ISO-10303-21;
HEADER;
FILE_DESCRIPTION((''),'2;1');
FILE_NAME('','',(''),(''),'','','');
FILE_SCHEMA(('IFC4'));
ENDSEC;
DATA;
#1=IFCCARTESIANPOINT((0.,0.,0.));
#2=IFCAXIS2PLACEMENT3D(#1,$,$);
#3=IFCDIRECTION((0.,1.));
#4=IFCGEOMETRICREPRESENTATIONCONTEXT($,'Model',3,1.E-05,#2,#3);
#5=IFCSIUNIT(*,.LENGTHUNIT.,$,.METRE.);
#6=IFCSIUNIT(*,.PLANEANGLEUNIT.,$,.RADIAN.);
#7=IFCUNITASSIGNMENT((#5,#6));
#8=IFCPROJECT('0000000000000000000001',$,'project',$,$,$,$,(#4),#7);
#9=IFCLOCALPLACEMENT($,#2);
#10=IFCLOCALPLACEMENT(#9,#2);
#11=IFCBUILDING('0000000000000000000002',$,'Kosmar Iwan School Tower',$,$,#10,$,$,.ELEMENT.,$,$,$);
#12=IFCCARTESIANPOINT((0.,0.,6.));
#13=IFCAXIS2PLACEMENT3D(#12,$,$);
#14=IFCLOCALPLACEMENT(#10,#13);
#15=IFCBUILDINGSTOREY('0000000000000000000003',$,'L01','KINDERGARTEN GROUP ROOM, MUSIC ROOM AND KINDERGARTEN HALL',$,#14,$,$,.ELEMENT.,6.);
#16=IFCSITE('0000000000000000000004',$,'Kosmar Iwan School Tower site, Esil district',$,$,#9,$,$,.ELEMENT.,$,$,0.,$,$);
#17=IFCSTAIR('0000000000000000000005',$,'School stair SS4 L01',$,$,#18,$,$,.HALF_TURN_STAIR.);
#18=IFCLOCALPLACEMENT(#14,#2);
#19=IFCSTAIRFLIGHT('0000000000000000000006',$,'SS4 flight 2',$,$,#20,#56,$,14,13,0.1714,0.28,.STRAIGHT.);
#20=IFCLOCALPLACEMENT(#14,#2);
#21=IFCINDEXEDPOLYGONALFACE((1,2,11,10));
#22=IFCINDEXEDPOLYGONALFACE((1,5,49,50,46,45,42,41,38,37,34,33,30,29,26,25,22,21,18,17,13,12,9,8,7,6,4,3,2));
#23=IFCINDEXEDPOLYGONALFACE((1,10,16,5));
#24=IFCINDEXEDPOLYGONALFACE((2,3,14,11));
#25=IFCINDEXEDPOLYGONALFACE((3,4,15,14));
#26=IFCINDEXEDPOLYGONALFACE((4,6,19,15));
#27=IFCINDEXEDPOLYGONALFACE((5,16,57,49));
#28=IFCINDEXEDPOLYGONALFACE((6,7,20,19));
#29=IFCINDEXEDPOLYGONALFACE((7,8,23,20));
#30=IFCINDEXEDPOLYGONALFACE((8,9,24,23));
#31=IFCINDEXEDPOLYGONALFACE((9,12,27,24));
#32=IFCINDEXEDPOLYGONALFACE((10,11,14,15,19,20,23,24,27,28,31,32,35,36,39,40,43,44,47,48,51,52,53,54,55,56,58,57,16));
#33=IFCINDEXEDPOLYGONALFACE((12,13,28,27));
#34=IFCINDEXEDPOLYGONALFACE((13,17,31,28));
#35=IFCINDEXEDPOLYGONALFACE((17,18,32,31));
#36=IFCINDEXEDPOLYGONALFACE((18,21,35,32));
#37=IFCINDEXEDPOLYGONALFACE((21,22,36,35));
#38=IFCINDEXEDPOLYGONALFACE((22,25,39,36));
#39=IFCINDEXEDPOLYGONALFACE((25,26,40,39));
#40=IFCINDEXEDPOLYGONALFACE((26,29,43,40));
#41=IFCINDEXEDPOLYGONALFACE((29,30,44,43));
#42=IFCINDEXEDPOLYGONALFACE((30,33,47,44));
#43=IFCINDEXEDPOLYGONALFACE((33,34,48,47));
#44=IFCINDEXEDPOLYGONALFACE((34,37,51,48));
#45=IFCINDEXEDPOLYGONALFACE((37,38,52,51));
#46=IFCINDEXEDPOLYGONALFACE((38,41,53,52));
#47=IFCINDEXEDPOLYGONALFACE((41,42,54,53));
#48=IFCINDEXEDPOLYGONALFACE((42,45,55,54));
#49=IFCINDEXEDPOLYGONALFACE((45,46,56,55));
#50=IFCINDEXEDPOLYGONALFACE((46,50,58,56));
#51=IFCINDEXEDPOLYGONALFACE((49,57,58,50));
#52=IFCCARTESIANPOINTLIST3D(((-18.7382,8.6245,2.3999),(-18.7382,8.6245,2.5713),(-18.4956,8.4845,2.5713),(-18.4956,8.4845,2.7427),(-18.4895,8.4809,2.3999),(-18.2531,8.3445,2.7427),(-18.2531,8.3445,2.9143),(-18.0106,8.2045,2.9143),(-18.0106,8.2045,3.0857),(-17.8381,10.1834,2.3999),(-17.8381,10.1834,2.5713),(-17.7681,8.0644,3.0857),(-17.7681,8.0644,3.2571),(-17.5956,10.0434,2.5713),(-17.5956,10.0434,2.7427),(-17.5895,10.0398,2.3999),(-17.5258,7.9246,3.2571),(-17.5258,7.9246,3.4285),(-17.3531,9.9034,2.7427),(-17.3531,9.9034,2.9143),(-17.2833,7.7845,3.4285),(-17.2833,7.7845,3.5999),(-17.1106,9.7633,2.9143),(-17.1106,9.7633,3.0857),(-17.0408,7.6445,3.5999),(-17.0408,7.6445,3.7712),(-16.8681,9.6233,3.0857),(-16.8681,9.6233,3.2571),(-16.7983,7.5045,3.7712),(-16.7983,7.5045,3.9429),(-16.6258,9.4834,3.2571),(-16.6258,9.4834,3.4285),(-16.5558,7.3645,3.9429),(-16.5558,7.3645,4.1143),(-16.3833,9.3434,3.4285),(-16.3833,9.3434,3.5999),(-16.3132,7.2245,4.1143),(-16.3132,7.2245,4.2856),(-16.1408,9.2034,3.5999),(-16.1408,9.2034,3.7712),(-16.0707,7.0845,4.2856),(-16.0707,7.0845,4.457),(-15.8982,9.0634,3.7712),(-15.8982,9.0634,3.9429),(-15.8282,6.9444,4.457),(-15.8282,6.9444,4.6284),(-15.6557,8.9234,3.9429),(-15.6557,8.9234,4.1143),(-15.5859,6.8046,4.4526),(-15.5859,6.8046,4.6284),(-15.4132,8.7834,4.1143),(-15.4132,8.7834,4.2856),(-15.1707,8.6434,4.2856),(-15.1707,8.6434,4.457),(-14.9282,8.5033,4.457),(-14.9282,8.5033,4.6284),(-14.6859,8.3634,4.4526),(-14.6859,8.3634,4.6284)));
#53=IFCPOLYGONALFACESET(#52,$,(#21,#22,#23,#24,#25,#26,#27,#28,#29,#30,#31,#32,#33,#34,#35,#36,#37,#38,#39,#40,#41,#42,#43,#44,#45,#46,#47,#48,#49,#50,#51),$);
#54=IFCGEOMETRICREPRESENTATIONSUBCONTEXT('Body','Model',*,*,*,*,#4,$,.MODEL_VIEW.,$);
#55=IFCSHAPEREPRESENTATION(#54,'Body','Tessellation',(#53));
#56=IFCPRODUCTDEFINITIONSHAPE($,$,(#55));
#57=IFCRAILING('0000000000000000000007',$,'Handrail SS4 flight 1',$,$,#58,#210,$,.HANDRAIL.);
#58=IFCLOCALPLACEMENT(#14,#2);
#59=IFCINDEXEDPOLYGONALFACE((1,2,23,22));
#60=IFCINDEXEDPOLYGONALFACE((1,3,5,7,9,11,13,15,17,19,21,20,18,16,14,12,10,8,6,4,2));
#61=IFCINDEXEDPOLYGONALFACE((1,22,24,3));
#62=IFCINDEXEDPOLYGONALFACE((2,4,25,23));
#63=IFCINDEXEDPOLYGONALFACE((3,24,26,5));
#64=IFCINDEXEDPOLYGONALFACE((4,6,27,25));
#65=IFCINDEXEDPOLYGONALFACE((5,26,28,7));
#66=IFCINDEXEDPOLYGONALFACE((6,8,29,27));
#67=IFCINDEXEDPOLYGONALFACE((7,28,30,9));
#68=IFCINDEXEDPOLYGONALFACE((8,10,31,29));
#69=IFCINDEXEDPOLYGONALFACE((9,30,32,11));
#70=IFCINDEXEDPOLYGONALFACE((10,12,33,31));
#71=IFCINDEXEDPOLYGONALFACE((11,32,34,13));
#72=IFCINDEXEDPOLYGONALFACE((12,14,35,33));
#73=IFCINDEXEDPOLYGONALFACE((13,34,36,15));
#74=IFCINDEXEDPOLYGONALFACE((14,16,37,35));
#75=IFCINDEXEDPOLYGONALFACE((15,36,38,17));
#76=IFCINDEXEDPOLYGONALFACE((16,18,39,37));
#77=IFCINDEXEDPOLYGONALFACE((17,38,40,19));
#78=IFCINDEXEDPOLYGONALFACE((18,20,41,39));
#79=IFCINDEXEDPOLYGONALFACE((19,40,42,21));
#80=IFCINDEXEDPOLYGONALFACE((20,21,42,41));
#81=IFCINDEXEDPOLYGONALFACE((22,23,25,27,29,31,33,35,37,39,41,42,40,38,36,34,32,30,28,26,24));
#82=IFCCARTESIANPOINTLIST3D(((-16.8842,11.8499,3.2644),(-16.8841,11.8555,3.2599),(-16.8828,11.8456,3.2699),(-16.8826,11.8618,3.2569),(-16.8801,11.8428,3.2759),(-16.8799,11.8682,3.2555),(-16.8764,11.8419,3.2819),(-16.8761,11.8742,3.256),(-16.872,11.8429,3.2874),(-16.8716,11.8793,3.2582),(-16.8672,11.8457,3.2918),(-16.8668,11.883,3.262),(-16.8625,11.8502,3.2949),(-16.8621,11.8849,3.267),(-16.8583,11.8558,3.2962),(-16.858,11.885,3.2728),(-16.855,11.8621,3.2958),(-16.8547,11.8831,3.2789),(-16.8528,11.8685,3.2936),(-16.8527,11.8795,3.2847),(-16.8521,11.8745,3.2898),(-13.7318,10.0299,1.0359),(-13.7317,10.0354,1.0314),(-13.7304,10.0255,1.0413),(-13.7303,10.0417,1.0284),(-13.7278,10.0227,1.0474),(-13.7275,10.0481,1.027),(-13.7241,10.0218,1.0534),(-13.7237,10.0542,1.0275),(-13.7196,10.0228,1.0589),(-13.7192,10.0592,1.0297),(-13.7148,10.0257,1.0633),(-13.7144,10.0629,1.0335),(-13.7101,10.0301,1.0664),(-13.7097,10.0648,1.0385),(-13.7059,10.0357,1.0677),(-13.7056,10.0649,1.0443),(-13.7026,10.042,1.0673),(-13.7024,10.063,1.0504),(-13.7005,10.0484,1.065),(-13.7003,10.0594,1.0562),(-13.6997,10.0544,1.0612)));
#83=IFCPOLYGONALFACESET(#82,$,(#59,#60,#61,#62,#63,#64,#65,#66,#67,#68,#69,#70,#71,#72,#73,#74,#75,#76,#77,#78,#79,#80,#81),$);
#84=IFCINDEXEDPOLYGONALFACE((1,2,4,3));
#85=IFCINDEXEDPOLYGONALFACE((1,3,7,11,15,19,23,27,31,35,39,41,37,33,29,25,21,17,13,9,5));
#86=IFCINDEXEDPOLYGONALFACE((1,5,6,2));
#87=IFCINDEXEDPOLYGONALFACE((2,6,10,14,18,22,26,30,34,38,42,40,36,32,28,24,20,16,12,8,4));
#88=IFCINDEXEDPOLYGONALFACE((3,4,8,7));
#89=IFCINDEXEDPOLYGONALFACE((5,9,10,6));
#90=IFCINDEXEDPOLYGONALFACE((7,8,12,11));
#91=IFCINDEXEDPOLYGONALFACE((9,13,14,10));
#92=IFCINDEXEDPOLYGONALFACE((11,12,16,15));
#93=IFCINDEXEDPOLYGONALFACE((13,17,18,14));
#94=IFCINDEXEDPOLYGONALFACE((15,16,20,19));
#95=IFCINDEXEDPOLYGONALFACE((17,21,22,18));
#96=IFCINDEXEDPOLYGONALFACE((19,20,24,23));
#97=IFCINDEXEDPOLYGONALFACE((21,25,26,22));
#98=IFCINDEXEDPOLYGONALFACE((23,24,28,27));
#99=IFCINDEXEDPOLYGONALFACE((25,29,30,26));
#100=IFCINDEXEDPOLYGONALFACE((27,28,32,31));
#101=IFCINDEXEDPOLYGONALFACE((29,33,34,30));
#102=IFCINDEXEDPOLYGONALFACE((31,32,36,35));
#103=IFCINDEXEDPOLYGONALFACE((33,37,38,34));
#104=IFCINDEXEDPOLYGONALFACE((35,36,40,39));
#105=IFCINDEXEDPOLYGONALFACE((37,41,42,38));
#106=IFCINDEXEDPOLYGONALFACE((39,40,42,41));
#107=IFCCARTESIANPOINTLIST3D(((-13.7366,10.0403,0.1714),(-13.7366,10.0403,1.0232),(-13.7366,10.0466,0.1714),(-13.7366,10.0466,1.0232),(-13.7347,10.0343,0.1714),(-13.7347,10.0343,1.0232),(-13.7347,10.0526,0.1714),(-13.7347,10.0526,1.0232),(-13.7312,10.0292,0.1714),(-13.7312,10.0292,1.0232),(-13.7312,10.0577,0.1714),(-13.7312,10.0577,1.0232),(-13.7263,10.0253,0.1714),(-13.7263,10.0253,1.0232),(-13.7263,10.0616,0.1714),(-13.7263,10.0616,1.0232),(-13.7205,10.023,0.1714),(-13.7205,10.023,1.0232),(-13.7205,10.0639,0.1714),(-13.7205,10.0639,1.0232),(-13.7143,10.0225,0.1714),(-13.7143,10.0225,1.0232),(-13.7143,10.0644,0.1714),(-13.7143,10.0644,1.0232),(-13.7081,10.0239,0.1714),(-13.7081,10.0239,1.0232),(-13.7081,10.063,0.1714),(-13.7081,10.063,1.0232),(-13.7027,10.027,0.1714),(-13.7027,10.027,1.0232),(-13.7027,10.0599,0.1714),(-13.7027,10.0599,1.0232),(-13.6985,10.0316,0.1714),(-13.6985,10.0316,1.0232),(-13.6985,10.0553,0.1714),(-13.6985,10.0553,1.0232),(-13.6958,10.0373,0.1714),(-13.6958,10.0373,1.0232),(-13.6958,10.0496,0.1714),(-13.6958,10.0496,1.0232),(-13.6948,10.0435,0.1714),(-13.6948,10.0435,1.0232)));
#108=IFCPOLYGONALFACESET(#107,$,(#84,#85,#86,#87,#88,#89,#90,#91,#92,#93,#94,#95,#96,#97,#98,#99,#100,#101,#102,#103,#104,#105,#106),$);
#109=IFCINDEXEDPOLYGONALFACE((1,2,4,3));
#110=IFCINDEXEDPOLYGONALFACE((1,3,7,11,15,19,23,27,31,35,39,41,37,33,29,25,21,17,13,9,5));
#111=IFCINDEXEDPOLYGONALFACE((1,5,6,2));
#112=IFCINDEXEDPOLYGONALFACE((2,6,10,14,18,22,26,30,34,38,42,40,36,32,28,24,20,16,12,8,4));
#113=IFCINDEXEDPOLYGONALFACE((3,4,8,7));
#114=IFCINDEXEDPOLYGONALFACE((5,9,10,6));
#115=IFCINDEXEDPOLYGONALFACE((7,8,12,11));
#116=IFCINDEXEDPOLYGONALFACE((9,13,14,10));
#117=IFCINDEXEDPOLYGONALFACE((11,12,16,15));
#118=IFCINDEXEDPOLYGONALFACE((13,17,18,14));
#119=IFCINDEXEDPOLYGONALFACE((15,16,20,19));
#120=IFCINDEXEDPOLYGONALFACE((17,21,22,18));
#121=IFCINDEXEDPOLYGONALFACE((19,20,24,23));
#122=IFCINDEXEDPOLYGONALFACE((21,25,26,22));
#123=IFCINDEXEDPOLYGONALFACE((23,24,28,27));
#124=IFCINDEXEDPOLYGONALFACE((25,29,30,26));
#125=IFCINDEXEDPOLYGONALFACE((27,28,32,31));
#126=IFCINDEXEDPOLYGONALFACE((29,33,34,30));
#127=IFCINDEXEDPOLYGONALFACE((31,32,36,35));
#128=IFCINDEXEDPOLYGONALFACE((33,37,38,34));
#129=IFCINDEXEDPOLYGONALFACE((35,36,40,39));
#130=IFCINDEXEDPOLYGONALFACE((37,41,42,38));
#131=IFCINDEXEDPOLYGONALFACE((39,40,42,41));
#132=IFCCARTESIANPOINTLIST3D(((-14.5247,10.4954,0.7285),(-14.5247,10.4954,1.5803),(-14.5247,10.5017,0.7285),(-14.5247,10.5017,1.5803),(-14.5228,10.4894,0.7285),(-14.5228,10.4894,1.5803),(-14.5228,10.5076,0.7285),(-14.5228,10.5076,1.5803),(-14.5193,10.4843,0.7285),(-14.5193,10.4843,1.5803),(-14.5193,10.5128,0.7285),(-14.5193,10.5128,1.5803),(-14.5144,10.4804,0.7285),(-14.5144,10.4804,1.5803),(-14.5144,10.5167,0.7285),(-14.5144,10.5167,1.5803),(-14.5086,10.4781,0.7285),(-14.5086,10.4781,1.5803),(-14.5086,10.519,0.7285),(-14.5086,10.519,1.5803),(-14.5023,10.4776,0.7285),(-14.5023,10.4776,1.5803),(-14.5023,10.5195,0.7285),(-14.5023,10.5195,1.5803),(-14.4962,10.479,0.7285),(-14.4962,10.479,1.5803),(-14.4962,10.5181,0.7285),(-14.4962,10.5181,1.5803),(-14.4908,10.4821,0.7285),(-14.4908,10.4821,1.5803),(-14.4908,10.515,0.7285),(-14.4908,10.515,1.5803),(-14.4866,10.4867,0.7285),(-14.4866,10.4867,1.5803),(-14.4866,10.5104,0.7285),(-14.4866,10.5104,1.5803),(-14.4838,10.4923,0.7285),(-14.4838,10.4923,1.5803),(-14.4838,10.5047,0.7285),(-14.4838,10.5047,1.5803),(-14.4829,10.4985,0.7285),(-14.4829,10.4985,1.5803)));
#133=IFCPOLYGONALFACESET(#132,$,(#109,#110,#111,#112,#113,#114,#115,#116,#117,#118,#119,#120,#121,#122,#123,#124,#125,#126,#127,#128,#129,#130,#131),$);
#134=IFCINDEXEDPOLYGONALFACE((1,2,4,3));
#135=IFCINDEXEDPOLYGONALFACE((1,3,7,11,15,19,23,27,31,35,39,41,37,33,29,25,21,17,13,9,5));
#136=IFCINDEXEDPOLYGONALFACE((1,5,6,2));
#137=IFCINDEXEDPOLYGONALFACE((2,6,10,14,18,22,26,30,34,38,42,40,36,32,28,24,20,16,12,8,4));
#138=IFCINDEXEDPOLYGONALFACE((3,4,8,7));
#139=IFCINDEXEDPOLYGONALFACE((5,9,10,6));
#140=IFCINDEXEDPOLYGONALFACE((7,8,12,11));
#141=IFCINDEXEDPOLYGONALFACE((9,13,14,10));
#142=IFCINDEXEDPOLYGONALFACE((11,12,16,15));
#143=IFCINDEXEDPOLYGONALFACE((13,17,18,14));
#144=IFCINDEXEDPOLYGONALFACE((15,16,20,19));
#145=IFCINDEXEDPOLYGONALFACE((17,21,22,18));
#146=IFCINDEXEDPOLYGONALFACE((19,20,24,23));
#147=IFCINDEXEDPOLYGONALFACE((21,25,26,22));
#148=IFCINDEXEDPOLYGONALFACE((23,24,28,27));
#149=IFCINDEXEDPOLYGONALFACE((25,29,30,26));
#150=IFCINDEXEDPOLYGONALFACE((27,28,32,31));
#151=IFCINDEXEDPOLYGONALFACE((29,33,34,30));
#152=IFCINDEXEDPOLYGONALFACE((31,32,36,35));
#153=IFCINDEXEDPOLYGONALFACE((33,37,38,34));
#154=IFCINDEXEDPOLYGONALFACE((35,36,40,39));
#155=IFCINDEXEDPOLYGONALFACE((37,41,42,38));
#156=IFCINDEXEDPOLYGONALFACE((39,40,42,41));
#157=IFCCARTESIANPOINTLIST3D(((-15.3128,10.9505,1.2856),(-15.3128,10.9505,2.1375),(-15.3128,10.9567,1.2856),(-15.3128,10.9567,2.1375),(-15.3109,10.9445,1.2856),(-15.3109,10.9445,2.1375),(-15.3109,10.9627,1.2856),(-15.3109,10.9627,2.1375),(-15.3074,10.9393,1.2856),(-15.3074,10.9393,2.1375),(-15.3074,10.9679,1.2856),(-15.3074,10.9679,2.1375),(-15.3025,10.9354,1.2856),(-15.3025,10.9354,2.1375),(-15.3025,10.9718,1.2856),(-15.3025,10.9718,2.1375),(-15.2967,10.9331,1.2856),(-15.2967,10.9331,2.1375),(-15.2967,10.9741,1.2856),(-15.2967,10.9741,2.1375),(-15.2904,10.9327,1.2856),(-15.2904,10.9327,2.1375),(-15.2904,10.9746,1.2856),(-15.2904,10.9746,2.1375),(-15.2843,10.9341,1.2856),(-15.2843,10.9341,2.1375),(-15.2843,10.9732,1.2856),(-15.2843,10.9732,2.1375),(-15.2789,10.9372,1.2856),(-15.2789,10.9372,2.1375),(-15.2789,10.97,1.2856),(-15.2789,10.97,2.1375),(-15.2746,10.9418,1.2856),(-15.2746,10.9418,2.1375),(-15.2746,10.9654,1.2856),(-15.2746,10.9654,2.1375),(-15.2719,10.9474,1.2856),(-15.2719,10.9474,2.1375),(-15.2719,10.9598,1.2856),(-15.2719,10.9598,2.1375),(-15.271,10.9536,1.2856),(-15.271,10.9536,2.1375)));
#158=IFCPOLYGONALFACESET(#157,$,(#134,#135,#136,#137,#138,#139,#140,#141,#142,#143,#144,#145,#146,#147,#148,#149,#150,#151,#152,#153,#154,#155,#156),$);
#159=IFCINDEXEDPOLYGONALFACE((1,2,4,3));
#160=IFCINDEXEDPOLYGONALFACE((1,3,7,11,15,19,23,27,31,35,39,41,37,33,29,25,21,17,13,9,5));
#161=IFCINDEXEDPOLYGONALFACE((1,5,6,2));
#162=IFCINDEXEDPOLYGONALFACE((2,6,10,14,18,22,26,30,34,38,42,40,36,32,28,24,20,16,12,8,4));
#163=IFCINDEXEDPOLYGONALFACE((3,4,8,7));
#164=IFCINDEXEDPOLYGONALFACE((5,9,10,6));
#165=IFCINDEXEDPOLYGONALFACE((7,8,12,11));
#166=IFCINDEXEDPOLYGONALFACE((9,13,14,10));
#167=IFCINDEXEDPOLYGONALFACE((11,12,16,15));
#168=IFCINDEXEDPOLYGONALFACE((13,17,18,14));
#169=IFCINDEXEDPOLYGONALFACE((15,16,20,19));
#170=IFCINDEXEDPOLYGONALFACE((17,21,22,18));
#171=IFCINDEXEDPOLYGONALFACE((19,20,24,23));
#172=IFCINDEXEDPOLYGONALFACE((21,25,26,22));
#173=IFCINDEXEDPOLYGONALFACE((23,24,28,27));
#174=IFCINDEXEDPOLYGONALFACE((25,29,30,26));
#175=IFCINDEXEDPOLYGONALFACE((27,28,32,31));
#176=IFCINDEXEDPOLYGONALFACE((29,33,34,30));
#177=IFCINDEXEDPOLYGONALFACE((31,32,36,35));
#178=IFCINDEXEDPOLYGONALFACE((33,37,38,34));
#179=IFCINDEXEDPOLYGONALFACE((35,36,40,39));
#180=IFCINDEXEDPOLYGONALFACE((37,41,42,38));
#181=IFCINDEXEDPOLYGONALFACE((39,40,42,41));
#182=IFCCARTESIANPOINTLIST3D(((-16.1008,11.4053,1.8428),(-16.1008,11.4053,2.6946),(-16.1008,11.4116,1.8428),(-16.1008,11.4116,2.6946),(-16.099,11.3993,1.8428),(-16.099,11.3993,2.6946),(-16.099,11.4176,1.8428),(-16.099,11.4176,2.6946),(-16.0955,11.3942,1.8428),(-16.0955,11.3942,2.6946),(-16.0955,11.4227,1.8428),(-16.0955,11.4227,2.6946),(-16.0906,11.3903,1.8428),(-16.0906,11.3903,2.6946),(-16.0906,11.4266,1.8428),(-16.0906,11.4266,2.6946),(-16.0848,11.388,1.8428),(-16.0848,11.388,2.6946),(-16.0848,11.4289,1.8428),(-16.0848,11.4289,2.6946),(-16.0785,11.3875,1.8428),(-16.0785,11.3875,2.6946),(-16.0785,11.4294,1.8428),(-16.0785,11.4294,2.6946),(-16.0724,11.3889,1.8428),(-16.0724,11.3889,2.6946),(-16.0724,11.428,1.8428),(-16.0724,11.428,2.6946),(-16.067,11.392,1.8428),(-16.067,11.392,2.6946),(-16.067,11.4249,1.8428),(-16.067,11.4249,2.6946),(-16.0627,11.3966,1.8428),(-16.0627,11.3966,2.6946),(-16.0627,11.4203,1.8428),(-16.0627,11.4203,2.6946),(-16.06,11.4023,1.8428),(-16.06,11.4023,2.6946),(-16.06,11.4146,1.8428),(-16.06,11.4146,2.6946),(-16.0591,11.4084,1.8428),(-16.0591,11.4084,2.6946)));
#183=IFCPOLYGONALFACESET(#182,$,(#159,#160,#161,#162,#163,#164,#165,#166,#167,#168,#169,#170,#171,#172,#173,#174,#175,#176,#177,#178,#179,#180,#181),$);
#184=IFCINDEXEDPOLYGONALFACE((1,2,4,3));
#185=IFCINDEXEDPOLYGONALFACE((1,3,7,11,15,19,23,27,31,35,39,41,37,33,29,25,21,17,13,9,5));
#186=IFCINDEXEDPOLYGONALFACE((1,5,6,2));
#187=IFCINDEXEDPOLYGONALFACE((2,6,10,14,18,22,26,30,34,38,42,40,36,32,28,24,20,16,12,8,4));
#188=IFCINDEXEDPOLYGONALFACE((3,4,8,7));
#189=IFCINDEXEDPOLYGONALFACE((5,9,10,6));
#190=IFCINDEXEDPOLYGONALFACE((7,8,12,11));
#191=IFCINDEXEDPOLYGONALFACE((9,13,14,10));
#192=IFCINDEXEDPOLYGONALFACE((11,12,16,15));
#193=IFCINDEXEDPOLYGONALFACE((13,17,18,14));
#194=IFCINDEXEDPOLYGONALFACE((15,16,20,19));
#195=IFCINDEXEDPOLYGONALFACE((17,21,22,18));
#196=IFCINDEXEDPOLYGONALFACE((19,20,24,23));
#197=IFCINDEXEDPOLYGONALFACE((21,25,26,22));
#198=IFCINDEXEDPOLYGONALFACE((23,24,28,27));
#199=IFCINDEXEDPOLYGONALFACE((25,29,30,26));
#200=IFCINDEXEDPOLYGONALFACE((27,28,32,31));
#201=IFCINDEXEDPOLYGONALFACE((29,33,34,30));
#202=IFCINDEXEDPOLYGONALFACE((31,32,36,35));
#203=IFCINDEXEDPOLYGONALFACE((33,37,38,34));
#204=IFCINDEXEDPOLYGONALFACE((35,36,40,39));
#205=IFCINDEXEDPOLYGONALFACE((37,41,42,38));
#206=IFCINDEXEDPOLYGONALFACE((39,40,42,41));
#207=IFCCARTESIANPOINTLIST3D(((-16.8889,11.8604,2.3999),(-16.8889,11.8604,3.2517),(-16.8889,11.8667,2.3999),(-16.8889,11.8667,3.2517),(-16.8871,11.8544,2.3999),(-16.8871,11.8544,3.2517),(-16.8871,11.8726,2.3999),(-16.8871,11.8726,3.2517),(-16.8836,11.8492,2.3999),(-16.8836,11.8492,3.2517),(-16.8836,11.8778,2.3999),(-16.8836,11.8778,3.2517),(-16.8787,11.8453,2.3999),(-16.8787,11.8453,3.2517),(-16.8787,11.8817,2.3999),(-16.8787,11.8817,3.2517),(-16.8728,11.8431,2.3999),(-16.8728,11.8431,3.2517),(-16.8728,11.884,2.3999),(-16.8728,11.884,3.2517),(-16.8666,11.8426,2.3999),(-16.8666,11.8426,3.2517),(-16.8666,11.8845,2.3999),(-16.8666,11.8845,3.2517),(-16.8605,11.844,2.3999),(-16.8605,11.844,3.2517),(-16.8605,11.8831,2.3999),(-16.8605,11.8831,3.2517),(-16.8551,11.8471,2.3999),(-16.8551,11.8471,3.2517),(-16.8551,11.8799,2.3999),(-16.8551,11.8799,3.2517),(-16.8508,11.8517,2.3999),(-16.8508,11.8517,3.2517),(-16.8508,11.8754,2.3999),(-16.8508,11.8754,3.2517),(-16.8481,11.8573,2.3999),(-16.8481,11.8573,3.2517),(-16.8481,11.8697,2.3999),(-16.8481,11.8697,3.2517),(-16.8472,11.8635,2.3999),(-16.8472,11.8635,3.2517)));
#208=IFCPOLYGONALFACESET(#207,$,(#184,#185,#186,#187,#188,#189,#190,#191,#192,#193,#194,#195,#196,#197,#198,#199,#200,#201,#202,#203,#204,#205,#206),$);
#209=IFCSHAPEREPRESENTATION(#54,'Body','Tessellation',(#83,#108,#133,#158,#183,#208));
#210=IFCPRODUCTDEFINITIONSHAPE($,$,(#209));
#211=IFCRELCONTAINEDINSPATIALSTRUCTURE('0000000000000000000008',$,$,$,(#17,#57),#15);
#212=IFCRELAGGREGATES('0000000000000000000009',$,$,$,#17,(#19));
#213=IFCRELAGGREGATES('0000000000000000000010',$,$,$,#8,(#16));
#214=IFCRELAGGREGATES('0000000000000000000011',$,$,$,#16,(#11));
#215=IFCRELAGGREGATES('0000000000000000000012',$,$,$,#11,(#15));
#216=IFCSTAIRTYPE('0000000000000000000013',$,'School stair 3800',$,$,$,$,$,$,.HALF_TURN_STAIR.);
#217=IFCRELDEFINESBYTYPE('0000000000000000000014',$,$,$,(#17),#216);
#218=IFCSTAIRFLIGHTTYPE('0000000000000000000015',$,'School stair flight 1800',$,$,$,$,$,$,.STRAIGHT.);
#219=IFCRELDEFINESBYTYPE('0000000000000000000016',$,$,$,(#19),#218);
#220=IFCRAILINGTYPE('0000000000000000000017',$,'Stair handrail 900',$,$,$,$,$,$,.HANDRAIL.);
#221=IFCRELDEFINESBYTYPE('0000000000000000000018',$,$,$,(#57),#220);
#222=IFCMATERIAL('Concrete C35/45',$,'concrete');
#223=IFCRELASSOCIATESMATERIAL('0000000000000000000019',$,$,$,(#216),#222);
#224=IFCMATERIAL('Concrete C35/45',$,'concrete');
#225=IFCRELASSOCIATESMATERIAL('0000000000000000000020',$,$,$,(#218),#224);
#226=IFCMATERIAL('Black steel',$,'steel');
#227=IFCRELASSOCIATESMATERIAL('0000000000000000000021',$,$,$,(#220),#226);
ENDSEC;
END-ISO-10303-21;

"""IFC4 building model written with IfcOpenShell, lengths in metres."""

from ifc_helpers import new_model, si_unit, direction, frame, origin, origin_2d, place, context, subcontext, project, spatial, polyline, circle, outline, extrude, material, type_object, element, aggregate, save


model = new_model("IFC4")

# Units and contexts
model_context = context("Model", 3, precision=1e-05, world=origin(), true_north=direction((0.0, 1.0)))
body_context = subcontext(model_context, "Body", "Model", "MODEL_VIEW")
ifc_project = project(units=[si_unit("LENGTHUNIT", "METRE"), si_unit("PLANEANGLEUNIT", "RADIAN")], contexts=[model_context])

# Site, building, storey
site_placement = place(None, origin())
site = spatial("IfcSite", under=ifc_project, at=site_placement, Name="Kosmar Iwan School Tower site, Esil district", CompositionType="ELEMENT", RefElevation=0.0)
building_placement = place(site_placement, origin())
building = spatial("IfcBuilding", under=site, at=building_placement, Name="Kosmar Iwan School Tower", CompositionType="ELEMENT")
storey_placement = place(building_placement, frame((0.0, 0.0, 6.0)))
storey = spatial("IfcBuildingStorey", under=building, at=storey_placement, Name="L01", Description="KINDERGARTEN GROUP ROOM, MUSIC ROOM AND KINDERGARTEN HALL", CompositionType="ELEMENT", Elevation=6.0)

# Stair, stair flight
ifc_material_1 = material(Name="Concrete C35/45", Category="concrete")
stair_type = type_object("IfcStairType", Name="School stair 3800", PredefinedType="HALF_TURN_STAIR", material=ifc_material_1)
stair_placement = place(storey_placement, origin())
stair = element("IfcStair", 1, at=stair_placement, inside=storey, type_object=stair_type, Name="School stair SS4 L01", PredefinedType="HALF_TURN_STAIR")
ifc_material_2 = material(Name="Concrete C35/45", Category="concrete")
stair_flight_type = type_object("IfcStairFlightType", Name="School stair flight 1800", PredefinedType="STRAIGHT", material=ifc_material_2)
stair_flight_1_placement = place(storey_placement, frame((-18.2881, 9.4041, 2.3999), z_axis=(0.0, 0.0, 1.0), x_axis=(0.866025, -0.5, 0.0)))
stair_flight_1 = element("IfcStairFlight", 2, at=stair_flight_1_placement, type_object=stair_flight_type, Name="SS4 flight 2", NumberOfRisers=14, NumberOfTreads=13, PredefinedType="STRAIGHT", RiserHeight=0.1714, TreadLength=0.28, context=body_context, shape_type="SweptSolid", body=[
    extrude(outline(polyline([(0.0, 0.0), (0.0, 0.1714), (0.28, 0.1714), (0.28, 0.3428), (0.5601, 0.3428), (0.5601, 0.5144), (0.8401, 0.5144), (0.8401, 0.6858), (1.1201, 0.6858), (1.1201, 0.8572), (1.3999, 0.8572), (1.3999, 1.0286), (1.6799, 1.0286), (1.6799, 1.2), (1.96, 1.2), (1.96, 1.3713), (2.24, 1.3713), (2.24, 1.543), (2.52, 1.543), (2.52, 1.7144), (2.8, 1.7144), (2.8, 1.8857), (3.0801, 1.8857), (3.0801, 2.0571), (3.3601, 2.0571), (3.3601, 2.2285), (3.6399, 2.2285), (3.6399, 2.3999), (3.6399, 2.0527), (0.2871, 0.0), (0.0, 0.0)])), frame((0.0, 0.8999, 0.0), z_axis=(0.0, -1.0, 0.0), x_axis=(1.0, 0.0, 0.0)), (0.0, 0.0, 1.0), 1.8),
])
aggregate(stair, [stair_flight_1])

# Railing
ifc_material_3 = material(Name="Black steel", Category="steel")
railing_type = type_object("IfcRailingType", Name="Stair handrail 900", PredefinedType="HANDRAIL", material=ifc_material_3)
railing_1_placement = place(storey_placement, frame((-13.7158, 10.0435, 0.1714)))
element("IfcRailing", 3, at=railing_1_placement, inside=storey, type_object=railing_type, Name="Handrail SS4 flight 1", PredefinedType="HANDRAIL", context=body_context, shape_type="SweptSolid", body=[
    extrude(circle(Radius=0.0239, at=origin_2d()), frame((0.0, 0.0, 0.876), z_axis=(-0.738592, 0.426441, 0.52214), x_axis=(-0.500013, -0.866018, 0.0)), (0.0, 0.0, 1.0), 4.2681),
    extrude(circle(Radius=0.021, at=origin_2d()), origin(), (0.0, 0.0, 1.0), 0.8518),
    extrude(circle(Radius=0.021, at=origin_2d()), frame((-0.7881, 0.4551, 0.5571)), (0.0, 0.0, 1.0), 0.8518),
    extrude(circle(Radius=0.021, at=origin_2d()), frame((-1.5762, 0.9102, 1.1143)), (0.0, 0.0, 1.0), 0.8518),
    extrude(circle(Radius=0.021, at=origin_2d()), frame((-2.3643, 1.365, 1.6714)), (0.0, 0.0, 1.0), 0.8518),
    extrude(circle(Radius=0.021, at=origin_2d()), frame((-3.1523, 1.8201, 2.2285)), (0.0, 0.0, 1.0), 0.8518),
])

save(model, "model.ifc")
